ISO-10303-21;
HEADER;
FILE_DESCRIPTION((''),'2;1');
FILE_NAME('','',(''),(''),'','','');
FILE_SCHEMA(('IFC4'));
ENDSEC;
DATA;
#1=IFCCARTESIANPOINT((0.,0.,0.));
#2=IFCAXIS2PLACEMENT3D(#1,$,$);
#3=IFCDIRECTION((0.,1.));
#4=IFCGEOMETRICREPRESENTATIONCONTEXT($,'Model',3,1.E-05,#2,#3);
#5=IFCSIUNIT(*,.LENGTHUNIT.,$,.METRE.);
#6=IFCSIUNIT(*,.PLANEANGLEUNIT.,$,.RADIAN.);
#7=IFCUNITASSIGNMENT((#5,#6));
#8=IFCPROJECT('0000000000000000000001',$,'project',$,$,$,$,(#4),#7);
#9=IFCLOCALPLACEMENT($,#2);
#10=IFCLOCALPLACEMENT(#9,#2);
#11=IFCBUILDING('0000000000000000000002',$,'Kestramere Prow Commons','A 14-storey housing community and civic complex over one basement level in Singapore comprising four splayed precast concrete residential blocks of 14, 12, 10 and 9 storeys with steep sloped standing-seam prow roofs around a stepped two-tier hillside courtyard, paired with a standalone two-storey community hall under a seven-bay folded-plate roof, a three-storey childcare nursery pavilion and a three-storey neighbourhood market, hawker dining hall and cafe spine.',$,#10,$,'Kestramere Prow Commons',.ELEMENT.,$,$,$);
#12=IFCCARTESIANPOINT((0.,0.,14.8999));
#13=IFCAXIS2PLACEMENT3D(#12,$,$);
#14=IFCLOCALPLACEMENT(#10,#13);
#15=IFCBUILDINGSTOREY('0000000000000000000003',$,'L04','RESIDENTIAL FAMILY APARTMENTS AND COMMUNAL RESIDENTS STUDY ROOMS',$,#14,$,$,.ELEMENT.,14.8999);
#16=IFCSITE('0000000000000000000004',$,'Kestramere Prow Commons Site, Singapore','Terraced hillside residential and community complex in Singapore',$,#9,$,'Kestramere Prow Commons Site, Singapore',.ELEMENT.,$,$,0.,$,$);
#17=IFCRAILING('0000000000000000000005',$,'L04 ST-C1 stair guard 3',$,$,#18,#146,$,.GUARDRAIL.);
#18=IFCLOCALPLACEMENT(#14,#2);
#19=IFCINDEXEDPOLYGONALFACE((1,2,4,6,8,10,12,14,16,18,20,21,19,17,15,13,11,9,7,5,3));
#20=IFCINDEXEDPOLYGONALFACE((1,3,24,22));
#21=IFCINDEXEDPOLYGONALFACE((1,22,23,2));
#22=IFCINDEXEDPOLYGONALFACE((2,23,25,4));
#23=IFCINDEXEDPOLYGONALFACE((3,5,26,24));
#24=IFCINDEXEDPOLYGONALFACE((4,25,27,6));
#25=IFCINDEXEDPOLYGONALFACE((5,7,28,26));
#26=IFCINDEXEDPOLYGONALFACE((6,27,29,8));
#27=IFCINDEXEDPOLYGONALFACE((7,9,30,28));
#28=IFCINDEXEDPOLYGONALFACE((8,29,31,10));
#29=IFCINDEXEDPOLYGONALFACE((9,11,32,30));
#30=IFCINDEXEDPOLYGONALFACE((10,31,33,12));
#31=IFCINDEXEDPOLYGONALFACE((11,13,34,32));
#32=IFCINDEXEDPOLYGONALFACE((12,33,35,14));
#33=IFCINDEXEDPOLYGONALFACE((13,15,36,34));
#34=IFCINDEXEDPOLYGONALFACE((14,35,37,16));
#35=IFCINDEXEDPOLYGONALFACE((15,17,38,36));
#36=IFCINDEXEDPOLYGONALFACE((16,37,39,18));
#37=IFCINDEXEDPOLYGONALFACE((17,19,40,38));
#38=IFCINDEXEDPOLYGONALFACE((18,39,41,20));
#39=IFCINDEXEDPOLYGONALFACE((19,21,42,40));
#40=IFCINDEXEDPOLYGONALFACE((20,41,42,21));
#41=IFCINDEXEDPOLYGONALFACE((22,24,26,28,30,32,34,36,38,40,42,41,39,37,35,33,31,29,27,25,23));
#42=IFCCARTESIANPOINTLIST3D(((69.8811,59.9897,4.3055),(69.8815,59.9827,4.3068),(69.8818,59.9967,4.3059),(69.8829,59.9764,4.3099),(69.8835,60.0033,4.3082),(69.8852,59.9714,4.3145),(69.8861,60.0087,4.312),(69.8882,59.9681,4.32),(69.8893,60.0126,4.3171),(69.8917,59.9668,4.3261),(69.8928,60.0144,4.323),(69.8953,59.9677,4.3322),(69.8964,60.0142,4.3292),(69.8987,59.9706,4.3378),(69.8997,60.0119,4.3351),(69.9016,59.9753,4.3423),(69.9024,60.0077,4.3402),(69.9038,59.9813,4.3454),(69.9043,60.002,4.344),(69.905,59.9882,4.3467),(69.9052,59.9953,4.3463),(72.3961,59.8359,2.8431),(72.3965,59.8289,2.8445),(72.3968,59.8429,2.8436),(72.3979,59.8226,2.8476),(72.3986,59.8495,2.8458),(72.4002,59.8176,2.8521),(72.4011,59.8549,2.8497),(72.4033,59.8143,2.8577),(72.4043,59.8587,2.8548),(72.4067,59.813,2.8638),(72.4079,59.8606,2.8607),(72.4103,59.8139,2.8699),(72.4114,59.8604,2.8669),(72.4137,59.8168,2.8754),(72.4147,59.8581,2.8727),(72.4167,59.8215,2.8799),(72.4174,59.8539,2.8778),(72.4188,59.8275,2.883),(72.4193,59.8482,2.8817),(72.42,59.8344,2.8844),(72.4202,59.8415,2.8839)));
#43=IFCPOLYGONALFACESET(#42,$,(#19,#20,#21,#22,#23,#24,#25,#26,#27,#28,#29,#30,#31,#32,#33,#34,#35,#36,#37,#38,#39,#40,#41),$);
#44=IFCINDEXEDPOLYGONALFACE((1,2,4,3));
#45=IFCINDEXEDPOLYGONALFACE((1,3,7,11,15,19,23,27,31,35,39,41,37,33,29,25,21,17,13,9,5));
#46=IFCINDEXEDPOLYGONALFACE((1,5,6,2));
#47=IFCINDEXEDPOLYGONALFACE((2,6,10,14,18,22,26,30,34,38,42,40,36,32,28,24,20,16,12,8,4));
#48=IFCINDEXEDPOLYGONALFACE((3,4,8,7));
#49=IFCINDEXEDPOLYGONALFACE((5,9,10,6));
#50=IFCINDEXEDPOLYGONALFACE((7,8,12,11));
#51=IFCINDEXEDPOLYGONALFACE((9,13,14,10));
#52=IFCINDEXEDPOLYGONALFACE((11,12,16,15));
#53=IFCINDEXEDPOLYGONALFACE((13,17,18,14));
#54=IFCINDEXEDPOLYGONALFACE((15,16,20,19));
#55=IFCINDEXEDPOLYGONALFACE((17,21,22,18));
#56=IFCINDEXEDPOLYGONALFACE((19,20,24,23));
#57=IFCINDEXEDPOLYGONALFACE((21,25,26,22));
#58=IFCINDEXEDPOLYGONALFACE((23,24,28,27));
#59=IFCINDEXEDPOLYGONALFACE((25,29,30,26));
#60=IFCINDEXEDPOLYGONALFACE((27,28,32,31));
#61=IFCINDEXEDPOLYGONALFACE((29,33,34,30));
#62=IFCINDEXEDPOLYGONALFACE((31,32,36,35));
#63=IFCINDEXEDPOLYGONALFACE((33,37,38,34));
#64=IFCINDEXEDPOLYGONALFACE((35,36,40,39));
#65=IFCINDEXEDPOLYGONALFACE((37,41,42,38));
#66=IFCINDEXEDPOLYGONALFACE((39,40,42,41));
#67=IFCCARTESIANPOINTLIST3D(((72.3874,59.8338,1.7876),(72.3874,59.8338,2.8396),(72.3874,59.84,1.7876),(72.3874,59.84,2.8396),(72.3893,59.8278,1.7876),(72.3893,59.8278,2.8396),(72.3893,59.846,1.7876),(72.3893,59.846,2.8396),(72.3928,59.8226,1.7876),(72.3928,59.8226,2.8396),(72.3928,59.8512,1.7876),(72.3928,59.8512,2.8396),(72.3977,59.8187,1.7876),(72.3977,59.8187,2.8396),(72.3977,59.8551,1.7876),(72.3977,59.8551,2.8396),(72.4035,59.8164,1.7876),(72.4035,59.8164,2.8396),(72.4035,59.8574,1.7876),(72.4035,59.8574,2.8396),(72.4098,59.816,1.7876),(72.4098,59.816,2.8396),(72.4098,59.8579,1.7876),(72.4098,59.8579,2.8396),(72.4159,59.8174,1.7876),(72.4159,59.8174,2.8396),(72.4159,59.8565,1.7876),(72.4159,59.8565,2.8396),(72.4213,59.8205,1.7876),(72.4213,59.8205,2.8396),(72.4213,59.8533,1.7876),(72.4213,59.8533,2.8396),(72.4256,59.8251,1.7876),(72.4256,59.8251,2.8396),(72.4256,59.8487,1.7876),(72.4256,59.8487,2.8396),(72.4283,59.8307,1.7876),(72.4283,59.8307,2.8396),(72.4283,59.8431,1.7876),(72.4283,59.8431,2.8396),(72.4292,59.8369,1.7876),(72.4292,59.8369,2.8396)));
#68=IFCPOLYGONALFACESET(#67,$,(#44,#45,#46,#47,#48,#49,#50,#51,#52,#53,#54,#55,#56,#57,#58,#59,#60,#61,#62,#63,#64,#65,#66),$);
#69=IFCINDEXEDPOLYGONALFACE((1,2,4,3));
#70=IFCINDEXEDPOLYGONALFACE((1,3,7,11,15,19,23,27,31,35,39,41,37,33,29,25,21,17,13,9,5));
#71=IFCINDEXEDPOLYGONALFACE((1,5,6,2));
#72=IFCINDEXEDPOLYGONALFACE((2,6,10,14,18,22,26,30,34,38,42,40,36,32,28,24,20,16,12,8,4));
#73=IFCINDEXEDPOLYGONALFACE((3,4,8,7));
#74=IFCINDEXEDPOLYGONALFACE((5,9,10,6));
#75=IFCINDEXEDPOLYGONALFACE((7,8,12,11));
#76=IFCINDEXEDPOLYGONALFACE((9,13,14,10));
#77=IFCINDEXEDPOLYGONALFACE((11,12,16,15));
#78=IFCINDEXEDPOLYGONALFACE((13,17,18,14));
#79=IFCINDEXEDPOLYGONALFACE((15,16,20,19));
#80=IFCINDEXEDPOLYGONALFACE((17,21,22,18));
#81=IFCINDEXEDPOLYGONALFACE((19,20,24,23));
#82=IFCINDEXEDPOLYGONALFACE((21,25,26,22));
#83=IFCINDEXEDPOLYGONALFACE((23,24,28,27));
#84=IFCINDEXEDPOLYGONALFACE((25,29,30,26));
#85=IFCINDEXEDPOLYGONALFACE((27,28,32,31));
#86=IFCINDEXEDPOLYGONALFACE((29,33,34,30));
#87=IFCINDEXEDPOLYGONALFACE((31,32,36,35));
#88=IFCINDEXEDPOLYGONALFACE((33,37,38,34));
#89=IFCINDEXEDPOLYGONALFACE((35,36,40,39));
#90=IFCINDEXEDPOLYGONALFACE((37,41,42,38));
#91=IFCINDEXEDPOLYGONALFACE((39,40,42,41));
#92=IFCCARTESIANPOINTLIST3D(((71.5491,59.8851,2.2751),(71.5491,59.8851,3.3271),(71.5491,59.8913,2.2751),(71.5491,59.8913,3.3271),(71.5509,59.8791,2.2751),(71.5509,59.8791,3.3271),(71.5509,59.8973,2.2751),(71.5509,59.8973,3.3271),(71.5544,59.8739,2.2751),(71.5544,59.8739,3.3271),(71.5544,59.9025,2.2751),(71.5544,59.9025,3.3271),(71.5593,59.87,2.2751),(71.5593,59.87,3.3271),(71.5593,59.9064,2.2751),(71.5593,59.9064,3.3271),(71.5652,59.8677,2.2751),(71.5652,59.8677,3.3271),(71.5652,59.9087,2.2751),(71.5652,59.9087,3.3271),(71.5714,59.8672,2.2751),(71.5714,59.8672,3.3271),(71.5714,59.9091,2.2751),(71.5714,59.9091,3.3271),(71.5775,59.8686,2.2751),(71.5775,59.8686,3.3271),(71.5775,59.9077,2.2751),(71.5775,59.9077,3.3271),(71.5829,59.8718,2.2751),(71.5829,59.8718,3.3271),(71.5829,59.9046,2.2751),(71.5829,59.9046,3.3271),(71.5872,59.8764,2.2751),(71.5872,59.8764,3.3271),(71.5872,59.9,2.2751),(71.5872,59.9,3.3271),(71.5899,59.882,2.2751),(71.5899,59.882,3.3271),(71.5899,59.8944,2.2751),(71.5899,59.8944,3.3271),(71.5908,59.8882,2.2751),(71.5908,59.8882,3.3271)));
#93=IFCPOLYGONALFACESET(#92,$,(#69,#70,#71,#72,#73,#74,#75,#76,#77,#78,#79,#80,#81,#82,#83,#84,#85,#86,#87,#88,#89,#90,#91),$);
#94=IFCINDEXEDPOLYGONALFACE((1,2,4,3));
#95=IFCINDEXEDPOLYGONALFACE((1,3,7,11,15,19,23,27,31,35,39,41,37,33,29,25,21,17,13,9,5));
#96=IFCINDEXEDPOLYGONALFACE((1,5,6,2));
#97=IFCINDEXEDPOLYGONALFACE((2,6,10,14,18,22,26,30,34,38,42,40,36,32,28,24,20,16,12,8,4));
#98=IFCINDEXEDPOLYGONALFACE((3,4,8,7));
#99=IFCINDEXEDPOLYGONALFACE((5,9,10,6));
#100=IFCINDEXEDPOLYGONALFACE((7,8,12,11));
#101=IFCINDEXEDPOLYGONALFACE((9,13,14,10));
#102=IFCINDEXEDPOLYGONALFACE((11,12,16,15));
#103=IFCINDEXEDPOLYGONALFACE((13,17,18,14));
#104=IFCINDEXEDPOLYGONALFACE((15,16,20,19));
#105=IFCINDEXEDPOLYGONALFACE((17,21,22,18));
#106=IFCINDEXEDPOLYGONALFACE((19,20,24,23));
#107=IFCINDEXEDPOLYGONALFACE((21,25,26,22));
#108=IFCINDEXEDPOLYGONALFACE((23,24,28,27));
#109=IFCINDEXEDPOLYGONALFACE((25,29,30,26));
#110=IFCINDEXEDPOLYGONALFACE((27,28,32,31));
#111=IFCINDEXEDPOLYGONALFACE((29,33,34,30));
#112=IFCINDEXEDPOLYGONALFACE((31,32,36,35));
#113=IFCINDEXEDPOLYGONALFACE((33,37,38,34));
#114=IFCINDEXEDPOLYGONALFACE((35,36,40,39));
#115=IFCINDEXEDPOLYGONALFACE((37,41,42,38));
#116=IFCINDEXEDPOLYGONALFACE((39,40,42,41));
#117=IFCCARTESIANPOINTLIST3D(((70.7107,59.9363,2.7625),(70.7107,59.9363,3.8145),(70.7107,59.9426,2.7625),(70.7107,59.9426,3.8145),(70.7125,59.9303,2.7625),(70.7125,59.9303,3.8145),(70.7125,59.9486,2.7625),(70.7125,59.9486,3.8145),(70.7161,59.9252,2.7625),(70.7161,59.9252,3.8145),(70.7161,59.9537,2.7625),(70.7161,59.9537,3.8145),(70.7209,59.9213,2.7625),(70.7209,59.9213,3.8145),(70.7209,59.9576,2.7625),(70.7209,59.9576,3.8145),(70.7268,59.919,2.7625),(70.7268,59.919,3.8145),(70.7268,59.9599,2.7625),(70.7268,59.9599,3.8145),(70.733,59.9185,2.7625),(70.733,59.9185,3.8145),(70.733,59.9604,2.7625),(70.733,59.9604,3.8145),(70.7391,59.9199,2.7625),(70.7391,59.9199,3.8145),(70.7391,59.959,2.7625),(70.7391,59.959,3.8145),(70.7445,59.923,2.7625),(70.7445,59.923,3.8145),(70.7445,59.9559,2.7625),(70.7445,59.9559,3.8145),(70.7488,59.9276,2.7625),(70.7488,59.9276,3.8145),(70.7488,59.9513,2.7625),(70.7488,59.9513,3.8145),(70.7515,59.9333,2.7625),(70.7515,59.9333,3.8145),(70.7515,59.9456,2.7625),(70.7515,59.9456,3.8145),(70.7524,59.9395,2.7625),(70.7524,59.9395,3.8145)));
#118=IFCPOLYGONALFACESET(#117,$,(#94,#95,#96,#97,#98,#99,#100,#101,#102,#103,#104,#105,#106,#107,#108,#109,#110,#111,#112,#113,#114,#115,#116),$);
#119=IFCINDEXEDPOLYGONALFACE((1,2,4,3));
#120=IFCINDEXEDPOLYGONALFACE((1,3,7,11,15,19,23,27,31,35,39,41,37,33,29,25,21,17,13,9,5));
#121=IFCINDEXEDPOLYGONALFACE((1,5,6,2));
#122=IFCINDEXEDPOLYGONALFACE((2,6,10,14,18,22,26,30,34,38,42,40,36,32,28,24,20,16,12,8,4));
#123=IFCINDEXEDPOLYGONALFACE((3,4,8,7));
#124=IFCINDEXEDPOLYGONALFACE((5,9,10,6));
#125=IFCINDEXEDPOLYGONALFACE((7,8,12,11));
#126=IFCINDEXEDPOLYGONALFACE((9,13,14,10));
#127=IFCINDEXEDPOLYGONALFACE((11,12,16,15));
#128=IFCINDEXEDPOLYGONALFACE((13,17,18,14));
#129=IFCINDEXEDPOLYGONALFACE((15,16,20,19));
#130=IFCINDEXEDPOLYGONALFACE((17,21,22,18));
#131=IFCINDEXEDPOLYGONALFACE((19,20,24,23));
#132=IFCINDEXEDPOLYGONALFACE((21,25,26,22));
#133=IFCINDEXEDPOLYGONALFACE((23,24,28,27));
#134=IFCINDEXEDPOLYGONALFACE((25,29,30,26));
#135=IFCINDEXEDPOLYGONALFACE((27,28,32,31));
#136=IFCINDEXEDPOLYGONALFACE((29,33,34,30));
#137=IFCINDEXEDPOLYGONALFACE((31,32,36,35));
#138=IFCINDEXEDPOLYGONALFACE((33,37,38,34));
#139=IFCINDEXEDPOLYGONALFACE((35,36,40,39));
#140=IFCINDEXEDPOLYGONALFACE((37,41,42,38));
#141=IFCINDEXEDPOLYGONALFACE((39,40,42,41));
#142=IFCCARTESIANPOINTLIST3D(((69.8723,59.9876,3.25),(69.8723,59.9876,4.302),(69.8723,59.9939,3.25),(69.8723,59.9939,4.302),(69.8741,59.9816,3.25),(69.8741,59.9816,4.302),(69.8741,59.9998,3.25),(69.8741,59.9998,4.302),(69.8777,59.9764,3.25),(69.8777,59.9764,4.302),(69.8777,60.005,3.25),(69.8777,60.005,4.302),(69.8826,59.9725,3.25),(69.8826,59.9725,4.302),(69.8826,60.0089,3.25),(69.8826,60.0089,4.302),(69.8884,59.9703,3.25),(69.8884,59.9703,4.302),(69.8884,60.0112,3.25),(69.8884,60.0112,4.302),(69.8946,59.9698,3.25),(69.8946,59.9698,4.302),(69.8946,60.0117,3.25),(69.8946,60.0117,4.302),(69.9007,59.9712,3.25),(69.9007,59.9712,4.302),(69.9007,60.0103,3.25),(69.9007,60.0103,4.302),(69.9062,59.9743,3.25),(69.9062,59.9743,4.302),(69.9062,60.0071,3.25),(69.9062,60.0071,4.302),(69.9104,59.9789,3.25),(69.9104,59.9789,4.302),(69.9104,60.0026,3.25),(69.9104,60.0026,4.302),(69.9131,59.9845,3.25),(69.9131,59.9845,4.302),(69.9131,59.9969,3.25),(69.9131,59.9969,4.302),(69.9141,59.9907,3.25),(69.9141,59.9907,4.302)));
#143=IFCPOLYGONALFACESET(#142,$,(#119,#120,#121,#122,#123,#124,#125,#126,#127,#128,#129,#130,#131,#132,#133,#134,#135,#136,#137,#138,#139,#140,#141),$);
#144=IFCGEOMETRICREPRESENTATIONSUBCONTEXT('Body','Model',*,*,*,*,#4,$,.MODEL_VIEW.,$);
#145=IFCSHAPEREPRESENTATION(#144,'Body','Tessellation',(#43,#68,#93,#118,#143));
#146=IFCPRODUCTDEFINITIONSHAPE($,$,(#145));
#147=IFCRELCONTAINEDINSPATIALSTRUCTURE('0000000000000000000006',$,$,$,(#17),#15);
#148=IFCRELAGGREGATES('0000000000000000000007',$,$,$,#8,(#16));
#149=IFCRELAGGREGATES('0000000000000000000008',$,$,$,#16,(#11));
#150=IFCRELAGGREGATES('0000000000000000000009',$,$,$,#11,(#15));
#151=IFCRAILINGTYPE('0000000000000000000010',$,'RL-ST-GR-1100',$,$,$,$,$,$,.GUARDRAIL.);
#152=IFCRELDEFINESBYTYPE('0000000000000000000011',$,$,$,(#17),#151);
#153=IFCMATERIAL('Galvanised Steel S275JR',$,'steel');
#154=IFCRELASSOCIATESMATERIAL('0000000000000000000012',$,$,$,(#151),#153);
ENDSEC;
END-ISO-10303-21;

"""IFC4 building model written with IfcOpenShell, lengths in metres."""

from ifc_helpers import new_model, si_unit, direction, frame, origin, origin_2d, place, context, subcontext, project, spatial, circle, extrude, material, type_object, element, save


model = new_model("IFC4")

# Units and contexts
model_context = context("Model", 3, precision=1e-05, world=origin(), true_north=direction((0.0, 1.0)))
body_context = subcontext(model_context, "Body", "Model", "MODEL_VIEW")
ifc_project = project(units=[si_unit("LENGTHUNIT", "METRE"), si_unit("PLANEANGLEUNIT", "RADIAN")], contexts=[model_context])

# Site, building, storey
site_placement = place(None, origin())
site = spatial("IfcSite", under=ifc_project, at=site_placement, Name="Kestramere Prow Commons Site, Singapore", Description="Terraced hillside residential and community complex in Singapore", LongName="Kestramere Prow Commons Site, Singapore", CompositionType="ELEMENT", RefElevation=0.0)
building_placement = place(site_placement, origin())
building = spatial("IfcBuilding", under=site, at=building_placement, Name="Kestramere Prow Commons", Description="A 14-storey housing community and civic complex over one basement level in Singapore comprising four splayed precast concrete residential blocks of 14, 12, 10 and 9 storeys with steep sloped standing-seam prow roofs around a stepped two-tier hillside courtyard, paired with a standalone two-storey community hall under a seven-bay folded-plate roof, a three-storey childcare nursery pavilion and a three-storey neighbourhood market, hawker dining hall and cafe spine.", LongName="Kestramere Prow Commons", CompositionType="ELEMENT")
storey_placement = place(building_placement, frame((0.0, 0.0, 14.8999)))
storey = spatial("IfcBuildingStorey", under=building, at=storey_placement, Name="L04", Description="RESIDENTIAL FAMILY APARTMENTS AND COMMUNAL RESIDENTS STUDY ROOMS", CompositionType="ELEMENT", Elevation=14.8999)

# Railing
ifc_material_1 = material(Name="Galvanised Steel S275JR", Category="steel")
railing_type_1 = type_object("IfcRailingType", Name="RL-ST-GR-1100", PredefinedType="GUARDRAIL", material=ifc_material_1)
railing_1_placement = place(storey_placement, frame((72.4082, 59.8369, 1.7876)))
element("IfcRailing", 1, at=railing_1_placement, inside=storey, type_object=railing_type_1, Name="L04 ST-C1 stair guard 3", PredefinedType="GUARDRAIL", context=body_context, shape_type="SweptSolid", body=[
    extrude(circle(Radius=0.0239, at=origin_2d()), frame((0.0, 0.0, 1.0762), z_axis=(-0.863285, 0.052793, 0.501949), x_axis=(-0.061039, -0.998135, 0.0)), (0.0, 0.0, 1.0), 2.9133),
    extrude(circle(Radius=0.021, at=origin_2d()), origin(), (0.0, 0.0, 1.0), 1.052),
    extrude(circle(Radius=0.021, at=origin_2d()), frame((-0.8384, 0.0513, 0.4875)), (0.0, 0.0, 1.0), 1.052),
    extrude(circle(Radius=0.021, at=origin_2d()), frame((-1.6768, 0.1025, 0.9749)), (0.0, 0.0, 1.0), 1.052),
    extrude(circle(Radius=0.021, at=origin_2d()), frame((-2.5151, 0.1538, 1.4624)), (0.0, 0.0, 1.0), 1.052),
])

save(model, "model.ifc")
